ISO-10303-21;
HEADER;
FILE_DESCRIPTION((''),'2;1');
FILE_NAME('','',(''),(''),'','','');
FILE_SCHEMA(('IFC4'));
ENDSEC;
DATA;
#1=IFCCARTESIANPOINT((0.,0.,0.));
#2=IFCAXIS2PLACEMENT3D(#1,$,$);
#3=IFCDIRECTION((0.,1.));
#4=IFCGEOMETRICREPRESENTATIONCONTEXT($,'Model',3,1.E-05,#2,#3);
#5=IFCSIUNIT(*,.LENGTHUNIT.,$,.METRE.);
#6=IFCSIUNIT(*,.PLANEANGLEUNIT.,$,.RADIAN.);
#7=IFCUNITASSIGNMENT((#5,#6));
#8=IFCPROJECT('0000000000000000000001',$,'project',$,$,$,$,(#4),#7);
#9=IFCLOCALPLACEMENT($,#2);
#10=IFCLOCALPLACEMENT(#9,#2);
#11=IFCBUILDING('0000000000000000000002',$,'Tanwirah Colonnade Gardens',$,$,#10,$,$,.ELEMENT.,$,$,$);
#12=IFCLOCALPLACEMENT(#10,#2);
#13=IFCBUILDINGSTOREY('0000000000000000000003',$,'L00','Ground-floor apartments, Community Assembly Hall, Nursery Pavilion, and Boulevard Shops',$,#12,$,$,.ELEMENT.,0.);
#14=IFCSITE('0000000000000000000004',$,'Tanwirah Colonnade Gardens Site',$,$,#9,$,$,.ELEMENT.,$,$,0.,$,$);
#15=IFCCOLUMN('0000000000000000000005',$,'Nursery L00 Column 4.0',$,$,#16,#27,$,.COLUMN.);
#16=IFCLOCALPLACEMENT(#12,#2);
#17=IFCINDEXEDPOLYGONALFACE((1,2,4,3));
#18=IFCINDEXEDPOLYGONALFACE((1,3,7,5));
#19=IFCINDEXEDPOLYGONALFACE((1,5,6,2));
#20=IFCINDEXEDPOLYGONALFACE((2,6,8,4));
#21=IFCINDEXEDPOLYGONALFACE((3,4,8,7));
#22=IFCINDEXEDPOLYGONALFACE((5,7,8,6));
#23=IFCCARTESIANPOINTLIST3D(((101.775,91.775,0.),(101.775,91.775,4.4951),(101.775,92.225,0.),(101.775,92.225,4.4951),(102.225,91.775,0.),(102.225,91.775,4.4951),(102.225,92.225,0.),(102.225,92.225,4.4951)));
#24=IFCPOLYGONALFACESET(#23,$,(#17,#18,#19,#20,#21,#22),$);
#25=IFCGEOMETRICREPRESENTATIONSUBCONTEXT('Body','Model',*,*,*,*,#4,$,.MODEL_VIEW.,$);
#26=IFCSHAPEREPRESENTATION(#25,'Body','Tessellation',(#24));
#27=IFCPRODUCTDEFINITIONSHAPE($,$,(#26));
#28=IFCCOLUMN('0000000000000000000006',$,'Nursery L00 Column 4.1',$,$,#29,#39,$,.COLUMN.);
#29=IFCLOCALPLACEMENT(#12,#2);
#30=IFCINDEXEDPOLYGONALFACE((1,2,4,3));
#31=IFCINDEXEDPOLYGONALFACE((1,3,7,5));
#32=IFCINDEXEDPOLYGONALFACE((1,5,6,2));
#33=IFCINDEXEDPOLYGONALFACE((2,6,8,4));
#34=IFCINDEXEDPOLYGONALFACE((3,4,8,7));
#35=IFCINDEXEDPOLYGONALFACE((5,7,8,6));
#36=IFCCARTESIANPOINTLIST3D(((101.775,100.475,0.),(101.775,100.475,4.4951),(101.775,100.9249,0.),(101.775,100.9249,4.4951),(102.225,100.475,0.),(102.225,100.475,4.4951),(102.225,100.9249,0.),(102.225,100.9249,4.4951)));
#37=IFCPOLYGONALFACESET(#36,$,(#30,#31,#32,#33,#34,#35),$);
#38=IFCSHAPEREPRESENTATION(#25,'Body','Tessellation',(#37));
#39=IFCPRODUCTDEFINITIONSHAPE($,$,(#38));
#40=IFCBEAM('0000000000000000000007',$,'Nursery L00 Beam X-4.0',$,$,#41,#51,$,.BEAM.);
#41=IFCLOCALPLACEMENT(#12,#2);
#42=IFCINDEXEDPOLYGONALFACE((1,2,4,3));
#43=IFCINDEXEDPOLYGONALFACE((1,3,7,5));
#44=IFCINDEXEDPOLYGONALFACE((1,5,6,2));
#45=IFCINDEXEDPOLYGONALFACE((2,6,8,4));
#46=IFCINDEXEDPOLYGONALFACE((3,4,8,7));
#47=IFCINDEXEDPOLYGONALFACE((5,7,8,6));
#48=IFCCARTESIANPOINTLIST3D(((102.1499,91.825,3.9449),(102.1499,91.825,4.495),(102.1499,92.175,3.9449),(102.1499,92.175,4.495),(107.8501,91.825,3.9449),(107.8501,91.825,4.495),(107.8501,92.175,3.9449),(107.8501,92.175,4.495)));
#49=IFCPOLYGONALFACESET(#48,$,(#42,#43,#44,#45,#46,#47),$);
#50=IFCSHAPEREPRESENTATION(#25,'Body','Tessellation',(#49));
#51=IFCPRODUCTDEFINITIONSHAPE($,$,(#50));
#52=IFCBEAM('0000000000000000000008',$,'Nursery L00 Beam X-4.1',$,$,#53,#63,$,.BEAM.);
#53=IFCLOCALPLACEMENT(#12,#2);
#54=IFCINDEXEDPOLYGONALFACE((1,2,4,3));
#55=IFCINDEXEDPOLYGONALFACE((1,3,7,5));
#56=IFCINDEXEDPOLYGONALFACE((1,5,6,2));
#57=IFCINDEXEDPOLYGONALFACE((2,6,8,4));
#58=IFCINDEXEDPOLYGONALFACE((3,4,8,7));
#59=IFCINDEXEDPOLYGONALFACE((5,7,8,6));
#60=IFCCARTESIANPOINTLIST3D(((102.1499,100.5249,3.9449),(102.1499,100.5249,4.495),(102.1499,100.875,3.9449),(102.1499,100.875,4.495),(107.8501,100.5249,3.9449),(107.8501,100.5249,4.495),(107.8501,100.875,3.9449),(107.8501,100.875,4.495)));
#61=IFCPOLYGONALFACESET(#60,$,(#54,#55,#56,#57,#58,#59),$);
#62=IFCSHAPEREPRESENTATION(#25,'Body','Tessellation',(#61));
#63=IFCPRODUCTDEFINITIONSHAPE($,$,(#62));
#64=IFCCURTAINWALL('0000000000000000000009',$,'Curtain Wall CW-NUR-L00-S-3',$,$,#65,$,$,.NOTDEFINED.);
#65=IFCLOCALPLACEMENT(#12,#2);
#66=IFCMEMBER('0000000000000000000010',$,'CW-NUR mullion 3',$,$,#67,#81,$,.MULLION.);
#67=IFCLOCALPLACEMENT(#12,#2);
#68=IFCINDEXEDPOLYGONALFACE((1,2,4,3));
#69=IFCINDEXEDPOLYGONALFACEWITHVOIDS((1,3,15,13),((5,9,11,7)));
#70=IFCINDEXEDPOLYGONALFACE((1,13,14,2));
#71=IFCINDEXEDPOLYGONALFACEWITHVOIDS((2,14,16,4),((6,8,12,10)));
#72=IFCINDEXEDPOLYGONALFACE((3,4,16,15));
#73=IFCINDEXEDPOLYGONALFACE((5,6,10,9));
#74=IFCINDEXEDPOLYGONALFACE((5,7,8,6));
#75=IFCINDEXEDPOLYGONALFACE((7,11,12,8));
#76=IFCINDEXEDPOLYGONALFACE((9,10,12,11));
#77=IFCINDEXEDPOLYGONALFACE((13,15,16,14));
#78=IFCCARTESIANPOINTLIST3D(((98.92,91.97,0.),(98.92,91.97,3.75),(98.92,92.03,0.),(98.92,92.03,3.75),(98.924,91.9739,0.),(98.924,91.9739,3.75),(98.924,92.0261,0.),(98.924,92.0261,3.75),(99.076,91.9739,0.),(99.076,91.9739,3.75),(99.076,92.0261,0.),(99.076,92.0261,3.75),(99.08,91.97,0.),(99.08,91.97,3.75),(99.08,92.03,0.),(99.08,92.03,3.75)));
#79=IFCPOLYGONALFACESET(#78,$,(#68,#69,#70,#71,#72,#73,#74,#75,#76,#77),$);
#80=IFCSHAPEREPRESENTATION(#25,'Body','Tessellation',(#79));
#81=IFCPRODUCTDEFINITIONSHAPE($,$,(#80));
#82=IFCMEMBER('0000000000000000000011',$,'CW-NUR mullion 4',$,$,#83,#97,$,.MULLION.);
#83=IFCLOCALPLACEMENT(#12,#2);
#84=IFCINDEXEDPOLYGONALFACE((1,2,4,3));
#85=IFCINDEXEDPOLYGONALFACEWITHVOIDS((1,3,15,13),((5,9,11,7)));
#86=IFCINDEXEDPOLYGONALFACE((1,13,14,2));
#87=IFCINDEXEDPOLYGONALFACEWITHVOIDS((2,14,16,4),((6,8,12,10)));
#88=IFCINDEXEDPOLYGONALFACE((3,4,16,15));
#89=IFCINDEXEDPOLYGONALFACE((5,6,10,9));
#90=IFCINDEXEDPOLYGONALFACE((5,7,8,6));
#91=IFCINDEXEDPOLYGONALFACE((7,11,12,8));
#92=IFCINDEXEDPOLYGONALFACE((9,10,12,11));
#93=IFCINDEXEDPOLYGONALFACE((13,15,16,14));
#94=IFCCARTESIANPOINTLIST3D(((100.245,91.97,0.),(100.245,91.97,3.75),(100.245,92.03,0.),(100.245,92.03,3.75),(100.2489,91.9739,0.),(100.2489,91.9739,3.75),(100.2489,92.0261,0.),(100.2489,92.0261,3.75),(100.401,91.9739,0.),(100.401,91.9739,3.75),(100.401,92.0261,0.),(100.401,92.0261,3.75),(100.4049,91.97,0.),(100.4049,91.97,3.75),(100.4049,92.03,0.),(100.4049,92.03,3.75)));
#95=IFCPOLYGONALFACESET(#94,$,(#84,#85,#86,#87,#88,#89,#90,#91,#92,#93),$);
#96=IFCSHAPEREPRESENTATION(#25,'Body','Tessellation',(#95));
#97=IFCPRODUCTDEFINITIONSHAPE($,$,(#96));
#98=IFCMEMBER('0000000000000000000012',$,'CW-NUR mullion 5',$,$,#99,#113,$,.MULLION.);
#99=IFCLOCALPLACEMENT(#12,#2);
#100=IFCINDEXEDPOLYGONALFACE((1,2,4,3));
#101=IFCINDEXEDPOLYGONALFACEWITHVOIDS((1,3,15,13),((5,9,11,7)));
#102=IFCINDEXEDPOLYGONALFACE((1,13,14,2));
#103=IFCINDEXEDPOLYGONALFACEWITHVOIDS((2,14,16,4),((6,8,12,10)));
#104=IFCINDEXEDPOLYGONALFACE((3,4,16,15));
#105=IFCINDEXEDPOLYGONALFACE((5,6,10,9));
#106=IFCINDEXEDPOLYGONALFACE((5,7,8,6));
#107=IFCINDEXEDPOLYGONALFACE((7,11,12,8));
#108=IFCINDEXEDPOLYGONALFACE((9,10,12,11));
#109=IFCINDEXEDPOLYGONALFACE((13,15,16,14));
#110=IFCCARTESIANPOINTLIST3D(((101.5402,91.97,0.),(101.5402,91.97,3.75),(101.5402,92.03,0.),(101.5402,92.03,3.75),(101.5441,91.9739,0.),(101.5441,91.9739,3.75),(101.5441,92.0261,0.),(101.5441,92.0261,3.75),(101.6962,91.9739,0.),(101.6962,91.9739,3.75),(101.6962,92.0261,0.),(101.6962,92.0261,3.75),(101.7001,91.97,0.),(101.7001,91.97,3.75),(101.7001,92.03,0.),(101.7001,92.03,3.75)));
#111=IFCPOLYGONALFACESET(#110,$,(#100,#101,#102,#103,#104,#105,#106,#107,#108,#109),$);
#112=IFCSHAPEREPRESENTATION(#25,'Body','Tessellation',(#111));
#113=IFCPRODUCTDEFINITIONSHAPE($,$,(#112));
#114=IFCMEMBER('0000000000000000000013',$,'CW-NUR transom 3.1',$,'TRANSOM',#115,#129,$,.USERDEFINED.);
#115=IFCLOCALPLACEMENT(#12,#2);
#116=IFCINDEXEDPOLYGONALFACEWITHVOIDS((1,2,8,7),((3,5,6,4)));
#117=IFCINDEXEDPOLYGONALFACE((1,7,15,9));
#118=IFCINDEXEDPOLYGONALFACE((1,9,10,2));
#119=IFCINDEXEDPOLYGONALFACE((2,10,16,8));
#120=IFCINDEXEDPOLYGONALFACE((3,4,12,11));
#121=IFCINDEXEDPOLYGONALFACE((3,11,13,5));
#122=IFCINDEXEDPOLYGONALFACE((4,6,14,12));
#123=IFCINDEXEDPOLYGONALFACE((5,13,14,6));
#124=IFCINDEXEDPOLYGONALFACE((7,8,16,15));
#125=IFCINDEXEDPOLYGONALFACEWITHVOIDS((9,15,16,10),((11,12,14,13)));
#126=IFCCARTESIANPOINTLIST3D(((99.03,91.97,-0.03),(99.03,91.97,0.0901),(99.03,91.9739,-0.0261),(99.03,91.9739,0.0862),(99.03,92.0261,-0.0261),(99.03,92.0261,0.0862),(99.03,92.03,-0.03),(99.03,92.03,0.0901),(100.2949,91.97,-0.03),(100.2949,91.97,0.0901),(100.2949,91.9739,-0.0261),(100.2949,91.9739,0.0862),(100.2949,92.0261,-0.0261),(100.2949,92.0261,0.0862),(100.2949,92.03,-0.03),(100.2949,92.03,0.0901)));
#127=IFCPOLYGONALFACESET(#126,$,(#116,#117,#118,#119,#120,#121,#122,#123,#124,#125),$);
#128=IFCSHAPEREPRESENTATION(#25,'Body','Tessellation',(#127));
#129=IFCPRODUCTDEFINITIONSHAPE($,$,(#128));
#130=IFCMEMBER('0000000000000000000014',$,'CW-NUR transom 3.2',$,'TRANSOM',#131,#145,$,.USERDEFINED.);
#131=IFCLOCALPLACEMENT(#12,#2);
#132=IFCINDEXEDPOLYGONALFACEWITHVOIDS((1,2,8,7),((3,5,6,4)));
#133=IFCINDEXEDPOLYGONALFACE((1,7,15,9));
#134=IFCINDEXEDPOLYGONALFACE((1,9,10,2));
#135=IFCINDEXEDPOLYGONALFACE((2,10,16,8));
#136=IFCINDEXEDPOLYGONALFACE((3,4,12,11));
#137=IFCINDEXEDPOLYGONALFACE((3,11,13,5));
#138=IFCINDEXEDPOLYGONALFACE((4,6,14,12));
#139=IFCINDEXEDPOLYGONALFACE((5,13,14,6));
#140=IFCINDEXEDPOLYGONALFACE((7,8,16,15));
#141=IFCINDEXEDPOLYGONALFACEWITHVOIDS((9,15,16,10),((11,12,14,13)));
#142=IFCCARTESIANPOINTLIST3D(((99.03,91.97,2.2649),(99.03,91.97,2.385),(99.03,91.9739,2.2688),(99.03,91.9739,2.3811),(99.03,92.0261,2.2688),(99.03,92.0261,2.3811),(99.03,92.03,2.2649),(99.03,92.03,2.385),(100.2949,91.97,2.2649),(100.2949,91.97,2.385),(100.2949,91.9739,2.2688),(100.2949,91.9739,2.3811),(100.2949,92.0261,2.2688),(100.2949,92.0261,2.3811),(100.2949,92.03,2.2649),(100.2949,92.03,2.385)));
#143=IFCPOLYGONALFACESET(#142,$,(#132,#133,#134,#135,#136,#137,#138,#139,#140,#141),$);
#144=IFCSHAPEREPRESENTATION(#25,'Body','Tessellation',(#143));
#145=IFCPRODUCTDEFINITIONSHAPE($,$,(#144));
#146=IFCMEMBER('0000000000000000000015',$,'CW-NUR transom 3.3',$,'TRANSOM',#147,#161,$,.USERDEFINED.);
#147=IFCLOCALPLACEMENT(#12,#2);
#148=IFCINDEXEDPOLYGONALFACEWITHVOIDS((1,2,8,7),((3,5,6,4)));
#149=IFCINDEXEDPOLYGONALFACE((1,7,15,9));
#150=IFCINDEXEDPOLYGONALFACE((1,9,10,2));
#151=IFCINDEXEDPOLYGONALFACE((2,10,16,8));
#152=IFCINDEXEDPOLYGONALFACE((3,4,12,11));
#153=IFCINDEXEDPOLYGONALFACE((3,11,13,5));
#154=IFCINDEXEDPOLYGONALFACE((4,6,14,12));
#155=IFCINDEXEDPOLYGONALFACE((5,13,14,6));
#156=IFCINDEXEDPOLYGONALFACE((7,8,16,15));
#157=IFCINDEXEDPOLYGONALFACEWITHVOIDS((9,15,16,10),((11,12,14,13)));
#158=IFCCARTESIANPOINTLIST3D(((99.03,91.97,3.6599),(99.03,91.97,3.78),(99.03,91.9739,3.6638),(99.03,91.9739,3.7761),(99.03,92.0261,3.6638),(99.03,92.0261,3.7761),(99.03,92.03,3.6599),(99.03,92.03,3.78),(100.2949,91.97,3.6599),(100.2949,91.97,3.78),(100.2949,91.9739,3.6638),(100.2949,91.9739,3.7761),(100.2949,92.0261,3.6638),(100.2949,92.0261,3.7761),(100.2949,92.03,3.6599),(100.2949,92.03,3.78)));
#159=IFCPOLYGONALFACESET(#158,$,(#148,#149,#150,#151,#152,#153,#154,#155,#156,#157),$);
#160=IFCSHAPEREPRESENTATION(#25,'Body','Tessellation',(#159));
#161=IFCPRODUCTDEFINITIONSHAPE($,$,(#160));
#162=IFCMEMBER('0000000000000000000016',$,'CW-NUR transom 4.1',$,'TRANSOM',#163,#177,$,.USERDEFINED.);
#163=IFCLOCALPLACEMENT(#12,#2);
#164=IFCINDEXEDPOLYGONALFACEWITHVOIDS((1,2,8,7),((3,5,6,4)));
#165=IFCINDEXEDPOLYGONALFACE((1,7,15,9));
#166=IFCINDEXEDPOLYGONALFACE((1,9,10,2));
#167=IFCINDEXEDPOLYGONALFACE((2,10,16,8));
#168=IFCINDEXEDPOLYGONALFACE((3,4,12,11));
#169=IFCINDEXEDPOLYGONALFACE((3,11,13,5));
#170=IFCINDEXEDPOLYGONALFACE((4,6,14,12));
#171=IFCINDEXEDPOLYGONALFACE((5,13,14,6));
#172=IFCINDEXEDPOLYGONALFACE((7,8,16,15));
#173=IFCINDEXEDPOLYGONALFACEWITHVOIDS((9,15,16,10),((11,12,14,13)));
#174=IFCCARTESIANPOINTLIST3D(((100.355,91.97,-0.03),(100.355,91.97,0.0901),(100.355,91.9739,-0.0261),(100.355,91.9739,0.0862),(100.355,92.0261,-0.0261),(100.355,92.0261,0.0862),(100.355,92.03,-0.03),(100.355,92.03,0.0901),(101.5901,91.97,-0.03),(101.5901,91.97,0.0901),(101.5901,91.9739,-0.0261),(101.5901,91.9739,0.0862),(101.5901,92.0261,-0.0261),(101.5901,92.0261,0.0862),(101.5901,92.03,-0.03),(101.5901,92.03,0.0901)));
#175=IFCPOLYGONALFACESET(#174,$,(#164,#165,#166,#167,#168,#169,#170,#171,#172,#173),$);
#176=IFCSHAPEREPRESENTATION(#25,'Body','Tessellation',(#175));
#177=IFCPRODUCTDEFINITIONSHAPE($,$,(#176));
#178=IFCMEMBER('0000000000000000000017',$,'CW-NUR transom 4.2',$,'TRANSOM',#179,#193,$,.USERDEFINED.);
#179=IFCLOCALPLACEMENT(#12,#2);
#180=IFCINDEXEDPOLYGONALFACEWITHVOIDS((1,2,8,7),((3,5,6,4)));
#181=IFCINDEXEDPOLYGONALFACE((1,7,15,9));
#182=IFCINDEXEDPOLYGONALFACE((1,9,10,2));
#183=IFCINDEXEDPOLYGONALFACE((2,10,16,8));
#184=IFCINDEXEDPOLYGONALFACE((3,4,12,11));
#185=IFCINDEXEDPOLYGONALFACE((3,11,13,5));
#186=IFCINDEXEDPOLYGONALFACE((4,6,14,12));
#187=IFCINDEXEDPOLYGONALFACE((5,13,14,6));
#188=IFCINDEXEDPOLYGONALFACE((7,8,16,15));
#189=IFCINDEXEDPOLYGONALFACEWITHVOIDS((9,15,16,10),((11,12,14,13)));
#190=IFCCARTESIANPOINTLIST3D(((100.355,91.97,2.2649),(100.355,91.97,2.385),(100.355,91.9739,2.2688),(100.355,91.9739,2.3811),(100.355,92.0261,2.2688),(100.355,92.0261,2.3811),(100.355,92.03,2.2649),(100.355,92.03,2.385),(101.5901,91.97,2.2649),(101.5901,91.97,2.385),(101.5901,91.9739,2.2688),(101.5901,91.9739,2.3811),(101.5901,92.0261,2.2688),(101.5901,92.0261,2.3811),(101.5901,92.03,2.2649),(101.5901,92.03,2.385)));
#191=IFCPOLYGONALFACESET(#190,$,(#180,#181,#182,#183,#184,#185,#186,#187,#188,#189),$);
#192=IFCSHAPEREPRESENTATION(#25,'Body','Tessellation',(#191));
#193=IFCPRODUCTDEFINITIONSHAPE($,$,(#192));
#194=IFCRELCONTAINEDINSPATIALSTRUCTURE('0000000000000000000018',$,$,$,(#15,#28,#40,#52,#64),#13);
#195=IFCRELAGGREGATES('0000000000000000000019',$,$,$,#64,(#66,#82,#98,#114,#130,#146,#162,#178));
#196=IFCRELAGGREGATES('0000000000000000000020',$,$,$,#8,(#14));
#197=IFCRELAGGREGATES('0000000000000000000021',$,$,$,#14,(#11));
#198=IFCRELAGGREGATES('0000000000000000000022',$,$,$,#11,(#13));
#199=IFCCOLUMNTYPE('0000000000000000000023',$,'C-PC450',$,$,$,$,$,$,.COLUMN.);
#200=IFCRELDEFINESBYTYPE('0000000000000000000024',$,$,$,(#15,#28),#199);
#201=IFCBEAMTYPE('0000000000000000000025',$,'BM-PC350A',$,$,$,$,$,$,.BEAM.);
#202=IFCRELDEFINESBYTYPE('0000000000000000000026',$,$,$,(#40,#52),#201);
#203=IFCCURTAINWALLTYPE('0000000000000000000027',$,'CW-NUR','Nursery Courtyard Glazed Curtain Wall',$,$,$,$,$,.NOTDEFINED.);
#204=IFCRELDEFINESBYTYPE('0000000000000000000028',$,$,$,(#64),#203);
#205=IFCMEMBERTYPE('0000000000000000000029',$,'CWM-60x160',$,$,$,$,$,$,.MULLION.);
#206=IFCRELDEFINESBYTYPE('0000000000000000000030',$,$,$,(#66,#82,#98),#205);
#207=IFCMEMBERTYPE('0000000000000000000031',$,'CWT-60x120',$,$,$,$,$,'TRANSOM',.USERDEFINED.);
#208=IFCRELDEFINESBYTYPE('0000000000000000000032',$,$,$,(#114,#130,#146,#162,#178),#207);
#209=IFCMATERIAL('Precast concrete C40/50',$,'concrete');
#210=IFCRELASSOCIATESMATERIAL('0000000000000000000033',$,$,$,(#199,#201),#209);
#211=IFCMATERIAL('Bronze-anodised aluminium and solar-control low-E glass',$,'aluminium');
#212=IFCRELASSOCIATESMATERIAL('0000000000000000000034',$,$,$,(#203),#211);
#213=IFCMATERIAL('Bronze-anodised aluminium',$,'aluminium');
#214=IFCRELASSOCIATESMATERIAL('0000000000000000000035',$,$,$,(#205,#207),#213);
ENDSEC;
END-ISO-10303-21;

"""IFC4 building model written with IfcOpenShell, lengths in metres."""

from ifc_helpers import new_model, si_unit, direction, frame, origin, origin_2d, place, context, subcontext, project, spatial, rectangle, hollow_rectangle, extrude, material, material_profile, profile_set, type_object, element, aggregate, save


model = new_model("IFC4")

# Units and contexts
model_context = context("Model", 3, precision=1e-05, world=origin(), true_north=direction((0.0, 1.0)))
body_context = subcontext(model_context, "Body", "Model", "MODEL_VIEW")
ifc_project = project(units=[si_unit("LENGTHUNIT", "METRE"), si_unit("PLANEANGLEUNIT", "RADIAN")], contexts=[model_context])

# Site, building, storey
site_placement = place(None, origin())
site = spatial("IfcSite", under=ifc_project, at=site_placement, Name="Tanwirah Colonnade Gardens Site", CompositionType="ELEMENT", RefElevation=0.0)
building_placement = place(site_placement, origin())
building = spatial("IfcBuilding", under=site, at=building_placement, Name="Tanwirah Colonnade Gardens", CompositionType="ELEMENT")
storey_placement = place(building_placement, origin())
storey = spatial("IfcBuildingStorey", under=building, at=storey_placement, Name="L00", Description="Ground-floor apartments, Community Assembly Hall, Nursery Pavilion, and Boulevard Shops", CompositionType="ELEMENT", Elevation=0.0)

# Columns
ifc_material_1 = material(Name="Precast concrete C40/50", Category="concrete")
ifc_material_profile_1 = material_profile(ifc_material_1, rectangle(XDim=0.45, YDim=0.45, at=origin_2d()), Name="PC-COL 450x450")
ifc_profile_set_1 = profile_set([ifc_material_profile_1], Name="Precast concrete C40/50")
column_type = type_object("IfcColumnType", Name="C-PC450", PredefinedType="COLUMN", material=ifc_profile_set_1)
for number, where, z_axis, x_axis, name in (
    (1, (102.0, 92.0, 0.0), (0.0, 0.0, 1.0), (1.0, 0.0, 0.0), "Nursery L00 Column 4.0"),
    (2, (102.0, 100.7, 0.0), (0.0, 0.0, 1.0), (1.0, 0.0, 0.0), "Nursery L00 Column 4.1"),
):
    element("IfcColumn", number, at=place(storey_placement, frame(where, z_axis=z_axis, x_axis=x_axis)), inside=storey, type_object=column_type, Name=name, PredefinedType="COLUMN", context=body_context, shape_type="SweptSolid", body=[
        extrude(rectangle(XDim=0.45, YDim=0.45, at=origin_2d()), origin(), (0.0, 0.0, 1.0), 4.4951),
    ])

# Beams
ifc_material_profile_2 = material_profile(ifc_material_1, rectangle(XDim=0.3501, YDim=0.55, at=origin_2d()), Name="PC-BM 350x550")
ifc_profile_set_2 = profile_set([ifc_material_profile_2], Name="Precast concrete C40/50")
beam_type = type_object("IfcBeamType", Name="BM-PC350A", PredefinedType="BEAM", material=ifc_profile_set_2)
for number, where, z_axis, x_axis, name in (
    (3, (102.1499, 92.0, 4.22), (1.0, 0.0, 0.0), (0.0, 1.0, 0.0), "Nursery L00 Beam X-4.0"),
    (4, (102.1499, 100.7, 4.22), (1.0, 0.0, 0.0), (0.0, 1.0, 0.0), "Nursery L00 Beam X-4.1"),
):
    element("IfcBeam", number, at=place(storey_placement, frame(where, z_axis=z_axis, x_axis=x_axis)), inside=storey, type_object=beam_type, Name=name, PredefinedType="BEAM", context=body_context, shape_type="SweptSolid", body=[
        extrude(rectangle(XDim=0.3501, YDim=0.55, at=origin_2d()), origin(), (0.0, 0.0, 1.0), 5.7002),
    ])

# Curtain wall, members
ifc_material_2 = material(Name="Bronze-anodised aluminium and solar-control low-E glass", Category="aluminium")
curtain_wall_type = type_object("IfcCurtainWallType", Name="CW-NUR", Description="Nursery Courtyard Glazed Curtain Wall", PredefinedType="NOTDEFINED", material=ifc_material_2)
curtain_wall_placement = place(storey_placement, origin())
curtain_wall = element("IfcCurtainWall", 5, at=curtain_wall_placement, inside=storey, type_object=curtain_wall_type, Name="Curtain Wall CW-NUR-L00-S-3", PredefinedType="NOTDEFINED")
ifc_material_3 = material(Name="Bronze-anodised aluminium", Category="aluminium")
ifc_material_profile_3 = material_profile(ifc_material_3, hollow_rectangle(XDim=0.0601, YDim=0.1599, WallThickness=0.0039, at=origin_2d()), Name="CW-MUL 60x160x4")
ifc_profile_set_3 = profile_set([ifc_material_profile_3], Name="Bronze-anodised aluminium")
member_type_1 = type_object("IfcMemberType", Name="CWM-60x160", PredefinedType="MULLION", material=ifc_profile_set_3)
member_1_placement = place(storey_placement, frame((99.0, 92.0, 0.0), z_axis=(0.0, 0.0, 1.0), x_axis=(0.0, 1.0, 0.0)))
member_1 = element("IfcMember", 6, at=member_1_placement, type_object=member_type_1, Name="CW-NUR mullion 3", PredefinedType="MULLION", context=body_context, shape_type="SweptSolid", body=[
    extrude(hollow_rectangle(XDim=0.0601, YDim=0.1599, WallThickness=0.0039, at=origin_2d()), origin(), (0.0, 0.0, 1.0), 3.75),
])
member_2_placement = place(storey_placement, frame((100.325, 92.0, 0.0), z_axis=(0.0, 0.0, 1.0), x_axis=(0.0, 1.0, 0.0)))
member_2 = element("IfcMember", 7, at=member_2_placement, type_object=member_type_1, Name="CW-NUR mullion 4", PredefinedType="MULLION", context=body_context, shape_type="SweptSolid", body=[
    extrude(hollow_rectangle(XDim=0.0601, YDim=0.1599, WallThickness=0.0039, at=origin_2d()), origin(), (0.0, 0.0, 1.0), 3.75),
])
member_3_placement = place(storey_placement, frame((101.6201, 92.0, 0.0), z_axis=(0.0, 0.0, 1.0), x_axis=(0.0, 1.0, 0.0)))
member_3 = element("IfcMember", 8, at=member_3_placement, type_object=member_type_1, Name="CW-NUR mullion 5", PredefinedType="MULLION", context=body_context, shape_type="SweptSolid", body=[
    extrude(hollow_rectangle(XDim=0.0601, YDim=0.1599, WallThickness=0.0039, at=origin_2d()), origin(), (0.0, 0.0, 1.0), 3.75),
])
ifc_material_profile_4 = material_profile(ifc_material_3, hollow_rectangle(XDim=0.0601, YDim=0.1201, WallThickness=0.0039, at=origin_2d()), Name="CW-TRN 60x120x4")
ifc_profile_set_4 = profile_set([ifc_material_profile_4], Name="Bronze-anodised aluminium")
member_type_2 = type_object("IfcMemberType", Name="CWT-60x120", ElementType="TRANSOM", PredefinedType="USERDEFINED", material=ifc_profile_set_4)
member_4_placement = place(storey_placement, frame((99.03, 92.0, 0.03), z_axis=(1.0, 0.0, 0.0), x_axis=(0.0, 1.0, 0.0)))
member_4 = element("IfcMember", 9, at=member_4_placement, type_object=member_type_2, Name="CW-NUR transom 3.1", ObjectType="TRANSOM", PredefinedType="USERDEFINED", context=body_context, shape_type="SweptSolid", body=[
    extrude(hollow_rectangle(XDim=0.0601, YDim=0.1201, WallThickness=0.0039, at=origin_2d()), origin(), (0.0, 0.0, 1.0), 1.2649),
])
member_5_placement = place(storey_placement, frame((99.03, 92.0, 2.325), z_axis=(1.0, 0.0, 0.0), x_axis=(0.0, 1.0, 0.0)))
member_5 = element("IfcMember", 10, at=member_5_placement, type_object=member_type_2, Name="CW-NUR transom 3.2", ObjectType="TRANSOM", PredefinedType="USERDEFINED", context=body_context, shape_type="SweptSolid", body=[
    extrude(hollow_rectangle(XDim=0.0601, YDim=0.1201, WallThickness=0.0039, at=origin_2d()), origin(), (0.0, 0.0, 1.0), 1.2649),
])
member_6_placement = place(storey_placement, frame((99.03, 92.0, 3.72), z_axis=(1.0, 0.0, 0.0), x_axis=(0.0, 1.0, 0.0)))
member_6 = element("IfcMember", 11, at=member_6_placement, type_object=member_type_2, Name="CW-NUR transom 3.3", ObjectType="TRANSOM", PredefinedType="USERDEFINED", context=body_context, shape_type="SweptSolid", body=[
    extrude(hollow_rectangle(XDim=0.0601, YDim=0.1201, WallThickness=0.0039, at=origin_2d()), origin(), (0.0, 0.0, 1.0), 1.2649),
])
member_7_placement = place(storey_placement, frame((100.355, 92.0, 0.03), z_axis=(1.0, 0.0, 0.0), x_axis=(0.0, 1.0, 0.0)))
member_7 = element("IfcMember", 12, at=member_7_placement, type_object=member_type_2, Name="CW-NUR transom 4.1", ObjectType="TRANSOM", PredefinedType="USERDEFINED", context=body_context, shape_type="SweptSolid", body=[
    extrude(hollow_rectangle(XDim=0.0601, YDim=0.1201, WallThickness=0.0039, at=origin_2d()), origin(), (0.0, 0.0, 1.0), 1.2351),
])
member_8_placement = place(storey_placement, frame((100.355, 92.0, 2.325), z_axis=(1.0, 0.0, 0.0), x_axis=(0.0, 1.0, 0.0)))
member_8 = element("IfcMember", 13, at=member_8_placement, type_object=member_type_2, Name="CW-NUR transom 4.2", ObjectType="TRANSOM", PredefinedType="USERDEFINED", context=body_context, shape_type="SweptSolid", body=[
    extrude(hollow_rectangle(XDim=0.0601, YDim=0.1201, WallThickness=0.0039, at=origin_2d()), origin(), (0.0, 0.0, 1.0), 1.2351),
])
aggregate(curtain_wall, [member_1, member_2, member_3, member_4, member_5, member_6, member_7, member_8])

save(model, "model.ifc")
